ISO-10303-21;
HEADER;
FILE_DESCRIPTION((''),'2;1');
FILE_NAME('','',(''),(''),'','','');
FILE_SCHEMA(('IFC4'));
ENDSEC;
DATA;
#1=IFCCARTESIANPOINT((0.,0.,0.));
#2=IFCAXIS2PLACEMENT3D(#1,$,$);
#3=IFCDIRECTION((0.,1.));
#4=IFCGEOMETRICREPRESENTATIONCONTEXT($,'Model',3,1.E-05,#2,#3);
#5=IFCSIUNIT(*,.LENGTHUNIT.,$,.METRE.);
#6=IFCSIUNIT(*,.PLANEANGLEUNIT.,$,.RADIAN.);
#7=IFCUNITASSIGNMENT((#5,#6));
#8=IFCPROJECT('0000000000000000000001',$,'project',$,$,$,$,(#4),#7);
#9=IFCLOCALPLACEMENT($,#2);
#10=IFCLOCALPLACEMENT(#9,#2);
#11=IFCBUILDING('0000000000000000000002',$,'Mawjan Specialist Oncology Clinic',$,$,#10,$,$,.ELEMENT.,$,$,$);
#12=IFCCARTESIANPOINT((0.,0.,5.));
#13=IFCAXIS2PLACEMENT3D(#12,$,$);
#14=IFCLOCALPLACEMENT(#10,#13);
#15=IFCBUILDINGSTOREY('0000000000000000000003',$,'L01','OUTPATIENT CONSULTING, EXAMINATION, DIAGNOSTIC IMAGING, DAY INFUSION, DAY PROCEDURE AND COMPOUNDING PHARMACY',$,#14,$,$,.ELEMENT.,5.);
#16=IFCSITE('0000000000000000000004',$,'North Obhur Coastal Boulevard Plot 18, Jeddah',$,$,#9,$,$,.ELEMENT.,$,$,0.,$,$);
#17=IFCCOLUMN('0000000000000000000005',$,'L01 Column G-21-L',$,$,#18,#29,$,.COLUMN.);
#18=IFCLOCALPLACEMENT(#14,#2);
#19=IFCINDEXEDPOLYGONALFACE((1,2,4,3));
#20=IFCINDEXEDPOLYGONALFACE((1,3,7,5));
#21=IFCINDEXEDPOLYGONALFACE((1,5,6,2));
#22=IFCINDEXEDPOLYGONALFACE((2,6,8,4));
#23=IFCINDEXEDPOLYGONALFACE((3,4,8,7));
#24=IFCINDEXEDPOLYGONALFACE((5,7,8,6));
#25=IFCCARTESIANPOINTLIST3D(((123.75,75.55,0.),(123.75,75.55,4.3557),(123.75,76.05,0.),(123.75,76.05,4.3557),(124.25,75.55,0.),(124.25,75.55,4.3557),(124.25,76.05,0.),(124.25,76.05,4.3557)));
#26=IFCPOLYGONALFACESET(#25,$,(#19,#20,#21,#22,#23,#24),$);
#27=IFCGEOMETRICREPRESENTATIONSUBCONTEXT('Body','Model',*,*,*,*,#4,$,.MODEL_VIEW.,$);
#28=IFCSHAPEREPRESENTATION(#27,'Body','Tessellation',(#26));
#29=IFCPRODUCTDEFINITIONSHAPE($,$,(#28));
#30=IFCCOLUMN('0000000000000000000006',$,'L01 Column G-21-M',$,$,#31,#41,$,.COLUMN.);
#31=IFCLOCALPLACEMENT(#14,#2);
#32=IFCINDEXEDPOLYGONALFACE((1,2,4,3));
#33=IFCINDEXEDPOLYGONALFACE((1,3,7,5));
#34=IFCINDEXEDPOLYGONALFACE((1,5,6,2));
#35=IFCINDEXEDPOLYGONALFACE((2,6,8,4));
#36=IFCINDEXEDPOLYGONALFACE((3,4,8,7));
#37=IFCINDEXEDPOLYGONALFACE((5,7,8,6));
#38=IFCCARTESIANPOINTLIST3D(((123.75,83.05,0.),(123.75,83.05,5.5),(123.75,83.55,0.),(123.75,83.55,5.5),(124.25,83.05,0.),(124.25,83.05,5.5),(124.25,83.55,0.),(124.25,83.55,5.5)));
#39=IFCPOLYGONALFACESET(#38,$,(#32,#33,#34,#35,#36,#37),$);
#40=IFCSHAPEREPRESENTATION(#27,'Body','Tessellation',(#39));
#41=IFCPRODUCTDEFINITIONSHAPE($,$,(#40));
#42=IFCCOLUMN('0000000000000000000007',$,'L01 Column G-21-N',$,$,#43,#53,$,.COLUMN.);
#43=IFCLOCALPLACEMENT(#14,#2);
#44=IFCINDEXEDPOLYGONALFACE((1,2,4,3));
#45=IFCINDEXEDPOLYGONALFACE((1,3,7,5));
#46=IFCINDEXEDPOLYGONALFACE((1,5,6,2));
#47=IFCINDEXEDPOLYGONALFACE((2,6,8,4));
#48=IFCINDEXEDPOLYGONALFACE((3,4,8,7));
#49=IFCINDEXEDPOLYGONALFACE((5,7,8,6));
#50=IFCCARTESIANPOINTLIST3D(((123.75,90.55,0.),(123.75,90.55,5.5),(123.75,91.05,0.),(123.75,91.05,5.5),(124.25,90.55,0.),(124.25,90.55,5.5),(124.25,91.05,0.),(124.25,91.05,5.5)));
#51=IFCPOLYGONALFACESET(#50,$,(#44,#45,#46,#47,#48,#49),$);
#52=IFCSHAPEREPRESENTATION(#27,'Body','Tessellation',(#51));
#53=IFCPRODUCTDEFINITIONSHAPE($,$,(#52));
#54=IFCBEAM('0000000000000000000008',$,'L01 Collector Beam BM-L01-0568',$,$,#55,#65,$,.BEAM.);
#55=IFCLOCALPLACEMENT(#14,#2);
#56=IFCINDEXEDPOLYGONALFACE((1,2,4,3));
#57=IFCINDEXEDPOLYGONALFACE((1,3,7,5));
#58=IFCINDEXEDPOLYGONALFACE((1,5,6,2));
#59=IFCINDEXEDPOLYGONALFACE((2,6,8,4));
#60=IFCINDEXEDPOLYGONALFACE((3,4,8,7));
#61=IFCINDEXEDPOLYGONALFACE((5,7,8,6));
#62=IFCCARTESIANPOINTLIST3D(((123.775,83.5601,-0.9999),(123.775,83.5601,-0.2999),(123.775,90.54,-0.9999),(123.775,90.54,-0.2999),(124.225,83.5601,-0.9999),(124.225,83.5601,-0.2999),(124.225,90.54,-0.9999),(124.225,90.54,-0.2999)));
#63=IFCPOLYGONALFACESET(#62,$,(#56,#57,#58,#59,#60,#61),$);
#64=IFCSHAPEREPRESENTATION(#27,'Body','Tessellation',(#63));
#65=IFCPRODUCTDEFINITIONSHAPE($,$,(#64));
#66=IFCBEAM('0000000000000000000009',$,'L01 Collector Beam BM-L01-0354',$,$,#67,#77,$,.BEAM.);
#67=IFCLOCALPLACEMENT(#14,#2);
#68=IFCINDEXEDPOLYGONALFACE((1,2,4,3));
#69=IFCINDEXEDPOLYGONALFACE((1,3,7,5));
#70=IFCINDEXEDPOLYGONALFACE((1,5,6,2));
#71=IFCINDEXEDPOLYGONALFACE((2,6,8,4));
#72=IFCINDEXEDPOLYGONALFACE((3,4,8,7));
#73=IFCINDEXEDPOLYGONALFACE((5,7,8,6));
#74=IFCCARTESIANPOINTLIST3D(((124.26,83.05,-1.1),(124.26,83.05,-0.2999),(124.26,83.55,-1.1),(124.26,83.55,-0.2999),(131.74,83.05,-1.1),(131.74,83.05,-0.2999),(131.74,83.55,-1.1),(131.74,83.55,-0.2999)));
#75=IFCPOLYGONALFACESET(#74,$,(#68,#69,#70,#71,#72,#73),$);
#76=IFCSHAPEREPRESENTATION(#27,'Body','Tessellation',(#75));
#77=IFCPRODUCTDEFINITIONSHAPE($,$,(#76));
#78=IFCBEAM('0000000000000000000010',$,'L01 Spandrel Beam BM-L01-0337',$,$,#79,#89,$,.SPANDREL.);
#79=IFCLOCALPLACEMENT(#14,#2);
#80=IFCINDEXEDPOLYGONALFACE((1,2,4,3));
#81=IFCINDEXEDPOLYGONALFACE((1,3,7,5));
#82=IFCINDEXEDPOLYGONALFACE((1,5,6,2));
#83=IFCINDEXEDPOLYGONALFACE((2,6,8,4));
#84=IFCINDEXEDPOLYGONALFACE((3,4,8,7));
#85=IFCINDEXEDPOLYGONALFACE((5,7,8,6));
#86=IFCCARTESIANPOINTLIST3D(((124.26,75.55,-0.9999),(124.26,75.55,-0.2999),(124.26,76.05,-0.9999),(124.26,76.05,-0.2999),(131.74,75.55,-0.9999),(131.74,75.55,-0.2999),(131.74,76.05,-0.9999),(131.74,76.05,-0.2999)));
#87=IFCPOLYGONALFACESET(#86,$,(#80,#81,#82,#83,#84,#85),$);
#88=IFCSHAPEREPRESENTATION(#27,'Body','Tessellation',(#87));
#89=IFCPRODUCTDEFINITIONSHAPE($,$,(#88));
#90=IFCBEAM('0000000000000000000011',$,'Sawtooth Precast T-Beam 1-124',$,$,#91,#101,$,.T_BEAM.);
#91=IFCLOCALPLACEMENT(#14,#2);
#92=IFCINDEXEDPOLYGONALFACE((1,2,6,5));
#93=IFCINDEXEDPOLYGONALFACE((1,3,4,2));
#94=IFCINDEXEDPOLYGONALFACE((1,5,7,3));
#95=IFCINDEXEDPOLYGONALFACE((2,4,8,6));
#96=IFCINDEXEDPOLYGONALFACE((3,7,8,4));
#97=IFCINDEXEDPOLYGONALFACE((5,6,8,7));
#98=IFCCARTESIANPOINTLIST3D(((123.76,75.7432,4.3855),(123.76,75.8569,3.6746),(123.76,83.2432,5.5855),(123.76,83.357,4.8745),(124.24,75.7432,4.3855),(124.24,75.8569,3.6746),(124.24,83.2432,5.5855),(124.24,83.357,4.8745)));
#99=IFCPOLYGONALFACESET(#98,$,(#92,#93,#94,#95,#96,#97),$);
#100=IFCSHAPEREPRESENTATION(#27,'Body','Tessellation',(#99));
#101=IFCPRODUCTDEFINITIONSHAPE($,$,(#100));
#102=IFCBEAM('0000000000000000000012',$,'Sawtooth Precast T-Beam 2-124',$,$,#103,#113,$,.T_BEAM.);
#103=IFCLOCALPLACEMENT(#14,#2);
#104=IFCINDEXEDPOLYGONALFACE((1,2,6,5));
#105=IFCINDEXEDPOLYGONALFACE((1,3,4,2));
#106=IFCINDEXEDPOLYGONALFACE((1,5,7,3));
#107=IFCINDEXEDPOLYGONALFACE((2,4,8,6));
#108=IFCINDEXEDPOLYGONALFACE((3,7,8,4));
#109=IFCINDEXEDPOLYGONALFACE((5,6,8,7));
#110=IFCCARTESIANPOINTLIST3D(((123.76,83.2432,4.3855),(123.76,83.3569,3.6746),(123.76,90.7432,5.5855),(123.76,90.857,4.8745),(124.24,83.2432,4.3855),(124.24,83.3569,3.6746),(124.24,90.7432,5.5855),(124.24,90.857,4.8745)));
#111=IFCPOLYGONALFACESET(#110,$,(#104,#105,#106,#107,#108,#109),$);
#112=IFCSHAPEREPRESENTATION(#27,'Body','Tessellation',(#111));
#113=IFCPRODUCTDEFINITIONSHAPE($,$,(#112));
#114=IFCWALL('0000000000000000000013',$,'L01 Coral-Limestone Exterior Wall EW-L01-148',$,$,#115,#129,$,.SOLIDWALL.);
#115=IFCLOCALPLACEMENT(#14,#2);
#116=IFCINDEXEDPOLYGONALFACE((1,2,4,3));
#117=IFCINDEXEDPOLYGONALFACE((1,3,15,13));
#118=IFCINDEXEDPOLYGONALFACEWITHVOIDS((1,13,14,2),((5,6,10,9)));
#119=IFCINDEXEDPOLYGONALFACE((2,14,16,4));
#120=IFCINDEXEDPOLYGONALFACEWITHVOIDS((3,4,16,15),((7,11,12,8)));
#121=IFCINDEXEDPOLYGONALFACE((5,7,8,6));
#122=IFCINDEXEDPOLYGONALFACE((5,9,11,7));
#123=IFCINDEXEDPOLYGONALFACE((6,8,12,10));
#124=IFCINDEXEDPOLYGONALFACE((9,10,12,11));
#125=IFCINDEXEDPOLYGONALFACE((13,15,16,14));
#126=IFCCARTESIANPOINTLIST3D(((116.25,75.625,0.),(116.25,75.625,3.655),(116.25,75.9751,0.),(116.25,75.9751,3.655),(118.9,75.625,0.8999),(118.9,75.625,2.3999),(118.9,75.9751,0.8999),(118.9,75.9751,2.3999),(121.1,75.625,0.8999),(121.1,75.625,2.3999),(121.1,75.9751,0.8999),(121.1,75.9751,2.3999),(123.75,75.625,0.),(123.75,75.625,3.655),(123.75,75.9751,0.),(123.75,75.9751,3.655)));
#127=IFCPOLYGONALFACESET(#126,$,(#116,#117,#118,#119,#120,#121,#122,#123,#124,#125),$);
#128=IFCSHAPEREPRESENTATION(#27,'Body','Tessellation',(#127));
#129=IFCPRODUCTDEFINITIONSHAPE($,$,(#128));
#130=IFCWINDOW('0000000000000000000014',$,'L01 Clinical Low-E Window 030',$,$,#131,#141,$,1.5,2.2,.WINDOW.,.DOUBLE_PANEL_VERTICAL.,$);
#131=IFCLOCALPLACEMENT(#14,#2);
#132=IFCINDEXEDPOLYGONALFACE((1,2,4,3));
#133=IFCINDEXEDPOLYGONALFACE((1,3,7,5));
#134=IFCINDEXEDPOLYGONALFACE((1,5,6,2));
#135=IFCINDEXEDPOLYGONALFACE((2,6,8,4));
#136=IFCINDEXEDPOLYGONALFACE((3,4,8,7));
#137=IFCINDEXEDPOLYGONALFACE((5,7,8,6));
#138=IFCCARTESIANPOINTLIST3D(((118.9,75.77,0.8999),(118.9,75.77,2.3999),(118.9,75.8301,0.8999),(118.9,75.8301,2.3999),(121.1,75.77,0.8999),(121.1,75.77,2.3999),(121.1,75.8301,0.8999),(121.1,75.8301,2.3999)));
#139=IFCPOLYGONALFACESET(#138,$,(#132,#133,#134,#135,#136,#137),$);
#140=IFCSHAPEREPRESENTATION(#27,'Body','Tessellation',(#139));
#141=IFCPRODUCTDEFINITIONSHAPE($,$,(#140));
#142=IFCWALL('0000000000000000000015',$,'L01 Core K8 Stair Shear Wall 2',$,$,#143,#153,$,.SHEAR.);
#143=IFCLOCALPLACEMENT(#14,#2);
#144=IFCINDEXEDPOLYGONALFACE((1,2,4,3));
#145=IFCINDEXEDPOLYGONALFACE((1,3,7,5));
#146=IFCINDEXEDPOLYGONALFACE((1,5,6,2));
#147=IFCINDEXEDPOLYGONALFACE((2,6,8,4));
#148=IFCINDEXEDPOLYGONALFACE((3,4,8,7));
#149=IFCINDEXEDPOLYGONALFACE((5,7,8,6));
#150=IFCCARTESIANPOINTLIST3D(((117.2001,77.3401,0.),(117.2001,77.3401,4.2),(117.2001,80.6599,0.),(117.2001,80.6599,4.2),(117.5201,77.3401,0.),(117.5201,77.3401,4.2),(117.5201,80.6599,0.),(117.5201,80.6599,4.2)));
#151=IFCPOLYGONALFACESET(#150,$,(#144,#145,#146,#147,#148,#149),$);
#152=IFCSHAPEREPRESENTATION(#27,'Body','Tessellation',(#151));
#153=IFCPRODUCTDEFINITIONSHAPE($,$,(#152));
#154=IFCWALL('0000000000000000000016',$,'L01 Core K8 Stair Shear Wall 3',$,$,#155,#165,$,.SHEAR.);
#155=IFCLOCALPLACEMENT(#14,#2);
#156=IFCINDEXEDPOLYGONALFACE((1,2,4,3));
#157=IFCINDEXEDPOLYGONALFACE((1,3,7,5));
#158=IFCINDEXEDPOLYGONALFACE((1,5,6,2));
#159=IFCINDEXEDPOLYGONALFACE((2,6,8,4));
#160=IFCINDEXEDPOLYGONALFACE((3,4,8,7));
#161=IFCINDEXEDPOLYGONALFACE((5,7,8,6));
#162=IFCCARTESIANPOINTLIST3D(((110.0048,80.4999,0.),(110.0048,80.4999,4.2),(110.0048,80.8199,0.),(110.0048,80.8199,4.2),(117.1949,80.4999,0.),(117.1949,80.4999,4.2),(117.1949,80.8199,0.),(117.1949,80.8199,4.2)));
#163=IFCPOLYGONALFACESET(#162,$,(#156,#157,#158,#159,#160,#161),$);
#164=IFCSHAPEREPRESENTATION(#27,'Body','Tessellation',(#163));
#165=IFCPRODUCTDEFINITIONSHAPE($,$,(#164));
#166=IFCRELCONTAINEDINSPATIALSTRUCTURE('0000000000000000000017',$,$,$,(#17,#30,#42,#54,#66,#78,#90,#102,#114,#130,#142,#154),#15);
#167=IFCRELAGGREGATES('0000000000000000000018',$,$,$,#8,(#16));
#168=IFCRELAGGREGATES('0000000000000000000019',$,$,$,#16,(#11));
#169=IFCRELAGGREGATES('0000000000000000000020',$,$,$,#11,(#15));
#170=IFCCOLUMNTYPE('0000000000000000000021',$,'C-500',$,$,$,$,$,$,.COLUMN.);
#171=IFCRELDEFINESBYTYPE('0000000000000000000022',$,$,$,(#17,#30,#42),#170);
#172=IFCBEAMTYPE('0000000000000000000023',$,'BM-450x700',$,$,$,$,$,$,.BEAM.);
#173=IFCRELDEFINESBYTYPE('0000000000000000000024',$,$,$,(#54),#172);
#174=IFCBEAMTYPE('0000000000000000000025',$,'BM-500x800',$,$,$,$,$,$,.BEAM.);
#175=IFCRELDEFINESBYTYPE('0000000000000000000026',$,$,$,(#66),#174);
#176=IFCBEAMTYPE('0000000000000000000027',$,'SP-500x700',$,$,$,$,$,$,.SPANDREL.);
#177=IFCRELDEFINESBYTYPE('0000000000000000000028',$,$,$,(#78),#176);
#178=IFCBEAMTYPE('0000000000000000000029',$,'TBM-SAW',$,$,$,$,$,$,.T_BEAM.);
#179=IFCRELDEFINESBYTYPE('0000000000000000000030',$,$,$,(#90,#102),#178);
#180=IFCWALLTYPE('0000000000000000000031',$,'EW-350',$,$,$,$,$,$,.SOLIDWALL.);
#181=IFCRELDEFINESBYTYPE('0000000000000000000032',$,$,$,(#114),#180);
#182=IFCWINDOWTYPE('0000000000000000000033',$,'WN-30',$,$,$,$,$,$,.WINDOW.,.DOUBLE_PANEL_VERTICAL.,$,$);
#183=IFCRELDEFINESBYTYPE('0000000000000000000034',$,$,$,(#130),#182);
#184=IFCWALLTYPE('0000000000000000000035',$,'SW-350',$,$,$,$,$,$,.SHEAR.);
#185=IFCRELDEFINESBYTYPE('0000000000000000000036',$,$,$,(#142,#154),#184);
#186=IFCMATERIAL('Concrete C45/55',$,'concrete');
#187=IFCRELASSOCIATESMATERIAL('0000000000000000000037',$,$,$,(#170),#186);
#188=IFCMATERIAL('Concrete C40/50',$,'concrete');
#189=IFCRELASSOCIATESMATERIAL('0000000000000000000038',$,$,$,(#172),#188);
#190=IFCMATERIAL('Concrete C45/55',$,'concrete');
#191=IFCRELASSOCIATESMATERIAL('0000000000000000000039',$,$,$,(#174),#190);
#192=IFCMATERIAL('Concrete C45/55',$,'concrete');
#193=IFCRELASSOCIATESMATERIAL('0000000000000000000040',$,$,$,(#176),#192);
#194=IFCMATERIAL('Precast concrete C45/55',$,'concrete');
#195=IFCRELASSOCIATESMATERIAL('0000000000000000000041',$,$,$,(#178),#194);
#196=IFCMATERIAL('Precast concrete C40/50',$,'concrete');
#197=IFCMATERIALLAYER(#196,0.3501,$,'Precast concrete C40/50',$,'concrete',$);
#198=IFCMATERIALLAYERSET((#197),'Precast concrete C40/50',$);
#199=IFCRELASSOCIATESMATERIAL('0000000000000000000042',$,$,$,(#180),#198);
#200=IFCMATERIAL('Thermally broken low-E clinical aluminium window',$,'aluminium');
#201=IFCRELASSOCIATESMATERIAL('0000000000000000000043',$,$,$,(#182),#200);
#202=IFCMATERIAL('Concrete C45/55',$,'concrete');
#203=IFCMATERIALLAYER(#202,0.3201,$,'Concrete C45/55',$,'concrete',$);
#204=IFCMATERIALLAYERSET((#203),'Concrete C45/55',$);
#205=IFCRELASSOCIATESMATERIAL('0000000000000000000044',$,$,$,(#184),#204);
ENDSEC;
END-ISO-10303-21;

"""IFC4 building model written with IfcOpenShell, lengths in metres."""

from ifc_helpers import new_model, si_unit, direction, frame, frame_2d, origin, origin_2d, place, context, subcontext, project, spatial, rectangle, extrude, material, layer, layer_set, material_profile, profile_set, type_object, element, fill, save


model = new_model("IFC4")

# Units and contexts
model_context = context("Model", 3, precision=1e-05, world=origin(), true_north=direction((0.0, 1.0)))
body_context = subcontext(model_context, "Body", "Model", "MODEL_VIEW")
ifc_project = project(units=[si_unit("LENGTHUNIT", "METRE"), si_unit("PLANEANGLEUNIT", "RADIAN")], contexts=[model_context])

# Site, building, storey
site_placement = place(None, origin())
site = spatial("IfcSite", under=ifc_project, at=site_placement, Name="North Obhur Coastal Boulevard Plot 18, Jeddah", CompositionType="ELEMENT", RefElevation=0.0)
building_placement = place(site_placement, origin())
building = spatial("IfcBuilding", under=site, at=building_placement, Name="Mawjan Specialist Oncology Clinic", CompositionType="ELEMENT")
storey_placement = place(building_placement, frame((0.0, 0.0, 5.0)))
storey = spatial("IfcBuildingStorey", under=building, at=storey_placement, Name="L01", Description="OUTPATIENT CONSULTING, EXAMINATION, DIAGNOSTIC IMAGING, DAY INFUSION, DAY PROCEDURE AND COMPOUNDING PHARMACY", CompositionType="ELEMENT", Elevation=5.0)

# Columns
ifc_material_1 = material(Name="Concrete C45/55", Category="concrete")
ifc_material_profile_1 = material_profile(ifc_material_1, rectangle(XDim=0.5, YDim=0.5, at=origin_2d()), Name="RC COL 500x500", Category="concrete")
ifc_profile_set_1 = profile_set([ifc_material_profile_1], Name="Concrete C45/55")
column_type = type_object("IfcColumnType", Name="C-500", PredefinedType="COLUMN", material=ifc_profile_set_1)
column_placement = place(storey_placement, frame((124.0, 75.8, 0.0), z_axis=(0.0, 0.0, 1.0), x_axis=(1.0, 0.0, 0.0)))
element("IfcColumn", 1, at=column_placement, inside=storey, type_object=column_type, Name="L01 Column G-21-L", PredefinedType="COLUMN", context=body_context, shape_type="SweptSolid", body=[
    extrude(rectangle(XDim=0.5, YDim=0.5, at=origin_2d()), origin(), (0.0, 0.0, 1.0), 4.3557),
])
for number, where, z_axis, x_axis, name in (
    (2, (124.0, 83.3, 0.0), (0.0, 0.0, 1.0), (1.0, 0.0, 0.0), "L01 Column G-21-M"),
    (3, (124.0, 90.8, 0.0), (0.0, 0.0, 1.0), (1.0, 0.0, 0.0), "L01 Column G-21-N"),
):
    element("IfcColumn", number, at=place(storey_placement, frame(where, z_axis=z_axis, x_axis=x_axis)), inside=storey, type_object=column_type, Name=name, PredefinedType="COLUMN", context=body_context, shape_type="SweptSolid", body=[
        extrude(rectangle(XDim=0.5, YDim=0.5, at=origin_2d()), origin(), (0.0, 0.0, 1.0), 5.5),
    ])

# Beams
ifc_material_2 = material(Name="Concrete C40/50", Category="concrete")
ifc_material_profile_2 = material_profile(ifc_material_2, rectangle(XDim=0.45, YDim=0.7, at=origin_2d()), Name="RC BM 450x700", Category="concrete")
ifc_profile_set_2 = profile_set([ifc_material_profile_2], Name="Concrete C40/50")
beam_type_1 = type_object("IfcBeamType", Name="BM-450x700", PredefinedType="BEAM", material=ifc_profile_set_2)
beam_1_placement = place(storey_placement, frame((124.0, 83.5601, -0.6499), z_axis=(0.0, 1.0, 0.0), x_axis=(-1.0, 0.0, 0.0)))
element("IfcBeam", 4, at=beam_1_placement, inside=storey, type_object=beam_type_1, Name="L01 Collector Beam BM-L01-0568", PredefinedType="BEAM", context=body_context, shape_type="SweptSolid", body=[
    extrude(rectangle(XDim=0.45, YDim=0.7, at=origin_2d()), origin(), (0.0, 0.0, 1.0), 6.98),
])
ifc_material_3 = material(Name="Concrete C45/55", Category="concrete")
ifc_material_profile_3 = material_profile(ifc_material_3, rectangle(XDim=0.5, YDim=0.8, at=origin_2d()), Name="RC BM 500x800", Category="concrete")
ifc_profile_set_3 = profile_set([ifc_material_profile_3], Name="Concrete C45/55")
beam_type_2 = type_object("IfcBeamType", Name="BM-500x800", PredefinedType="BEAM", material=ifc_profile_set_3)
beam_2_placement = place(storey_placement, frame((124.26, 83.3, -0.7), z_axis=(1.0, 0.0, 0.0), x_axis=(0.0, 1.0, 0.0)))
element("IfcBeam", 5, at=beam_2_placement, inside=storey, type_object=beam_type_2, Name="L01 Collector Beam BM-L01-0354", PredefinedType="BEAM", context=body_context, shape_type="SweptSolid", body=[
    extrude(rectangle(XDim=0.5, YDim=0.8, at=origin_2d()), origin(), (0.0, 0.0, 1.0), 7.48),
])
ifc_material_4 = material(Name="Concrete C45/55", Category="concrete")
ifc_material_profile_4 = material_profile(ifc_material_4, rectangle(XDim=0.5, YDim=0.7, at=origin_2d()), Name="RC BM 500x700", Category="concrete")
ifc_profile_set_4 = profile_set([ifc_material_profile_4], Name="Concrete C45/55")
beam_type_3 = type_object("IfcBeamType", Name="SP-500x700", PredefinedType="SPANDREL", material=ifc_profile_set_4)
beam_3_placement = place(storey_placement, frame((124.26, 75.8, -0.6499), z_axis=(1.0, 0.0, 0.0), x_axis=(0.0, 1.0, 0.0)))
element("IfcBeam", 6, at=beam_3_placement, inside=storey, type_object=beam_type_3, Name="L01 Spandrel Beam BM-L01-0337", PredefinedType="SPANDREL", context=body_context, shape_type="SweptSolid", body=[
    extrude(rectangle(XDim=0.5, YDim=0.7, at=origin_2d()), origin(), (0.0, 0.0, 1.0), 7.48),
])
ifc_material_5 = material(Name="Precast concrete C45/55", Category="concrete")
ifc_material_profile_5 = material_profile(ifc_material_5, rectangle(XDim=0.48, YDim=0.72, at=origin_2d()), Name="RC TBM 480x720", Category="concrete")
ifc_profile_set_5 = profile_set([ifc_material_profile_5], Name="Precast concrete C45/55")
beam_type_4 = type_object("IfcBeamType", Name="TBM-SAW", PredefinedType="T_BEAM", material=ifc_profile_set_5)
for number, where, z_axis, x_axis, name in (
    (7, (124.0, 75.8, 4.03), (0.0, 0.987442, 0.157984), (-1.0, 0.0, 0.0), "Sawtooth Precast T-Beam 1-124"),
    (8, (124.0, 83.3, 4.03), (0.0, 0.987442, 0.157984), (-1.0, 0.0, 0.0), "Sawtooth Precast T-Beam 2-124"),
):
    element("IfcBeam", number, at=place(storey_placement, frame(where, z_axis=z_axis, x_axis=x_axis)), inside=storey, type_object=beam_type_4, Name=name, PredefinedType="T_BEAM", context=body_context, shape_type="SweptSolid", body=[
        extrude(rectangle(XDim=0.48, YDim=0.72, at=origin_2d()), origin(), (0.0, 0.0, 1.0), 7.5955),
    ])

# Wall, opening, window
ifc_material_6 = material(Name="Precast concrete C40/50", Category="concrete")
ifc_layer_1 = layer(ifc_material_6, 0.3501, Name="Precast concrete C40/50", Category="concrete")
ifc_layer_set_1 = layer_set([ifc_layer_1], Name="Precast concrete C40/50")
wall_type_1 = type_object("IfcWallType", Name="EW-350", PredefinedType="SOLIDWALL", material=ifc_layer_set_1)
wall_1_placement = place(storey_placement, frame((123.75, 75.8, 0.0), z_axis=(0.0, 0.0, 1.0), x_axis=(-1.0, 0.0, 0.0)))
wall_1 = element("IfcWall", 9, at=wall_1_placement, inside=storey, type_object=wall_type_1, Name="L01 Coral-Limestone Exterior Wall EW-L01-148", PredefinedType="SOLIDWALL", context=body_context, shape_type="SweptSolid", body=[
    extrude(rectangle(XDim=7.5, YDim=0.3501, at=frame_2d((3.75, 0.0))), origin(), (0.0, 0.0, 1.0), 3.655),
])
opening_1_placement = place(wall_1_placement, frame((2.6499, 0.0, 0.8999)))
opening_1 = element("IfcOpeningElement", 10, at=opening_1_placement, cuts=wall_1, PredefinedType="OPENING", context=body_context, shape_type="SweptSolid", body=[
    extrude(rectangle(XDim=2.2, YDim=1.5, at=frame_2d((1.1001, 0.75))), frame((0.0, 0.187, 0.0), z_axis=(0.0, -1.0, 0.0), x_axis=(1.0, 0.0, 0.0)), (0.0, 0.0, 1.0), 0.374),
])
ifc_material_7 = material(Name="Thermally broken low-E clinical aluminium window", Category="aluminium")
window_type = type_object("IfcWindowType", Name="WN-30", PartitioningType="DOUBLE_PANEL_VERTICAL", PredefinedType="WINDOW", material=ifc_material_7)
window_placement = place(opening_1_placement, origin())
window = element("IfcWindow", 11, at=window_placement, inside=storey, type_object=window_type, Name="L01 Clinical Low-E Window 030", OverallHeight=1.5, OverallWidth=2.2, PartitioningType="DOUBLE_PANEL_VERTICAL", PredefinedType="WINDOW", context=body_context, shape_type="SweptSolid", body=[
    extrude(rectangle(XDim=2.2, YDim=1.5, at=frame_2d((1.1001, 0.75))), frame((0.0, 0.03, 0.0), z_axis=(0.0, -1.0, 0.0), x_axis=(1.0, 0.0, 0.0)), (0.0, 0.0, 1.0), 0.0601),
])
fill(opening_1, window)

# Walls
ifc_material_8 = material(Name="Concrete C45/55", Category="concrete")
ifc_layer_2 = layer(ifc_material_8, 0.3201, Name="Concrete C45/55", Category="concrete")
ifc_layer_set_2 = layer_set([ifc_layer_2], Name="Concrete C45/55")
wall_type_2 = type_object("IfcWallType", Name="SW-350", PredefinedType="SHEAR", material=ifc_layer_set_2)
wall_2_placement = place(storey_placement, frame((117.3601, 77.3401, 0.0), z_axis=(0.0, 0.0, 1.0), x_axis=(0.0, 1.0, 0.0)))
element("IfcWall", 12, at=wall_2_placement, inside=storey, type_object=wall_type_2, Name="L01 Core K8 Stair Shear Wall 2", PredefinedType="SHEAR", context=body_context, shape_type="SweptSolid", body=[
    extrude(rectangle(XDim=3.3198, YDim=0.3201, at=frame_2d((1.6599, 0.0))), origin(), (0.0, 0.0, 1.0), 4.2),
])
wall_3_placement = place(storey_placement, frame((117.1951, 80.6599, 0.0), z_axis=(0.0, 0.0, 1.0), x_axis=(-1.0, 0.0, 0.0)))
element("IfcWall", 13, at=wall_3_placement, inside=storey, type_object=wall_type_2, Name="L01 Core K8 Stair Shear Wall 3", PredefinedType="SHEAR", context=body_context, shape_type="SweptSolid", body=[
    extrude(rectangle(XDim=7.1902, YDim=0.3201, at=frame_2d((3.5952, 0.0))), origin(), (0.0, 0.0, 1.0), 4.2),
])

save(model, "model.ifc")
